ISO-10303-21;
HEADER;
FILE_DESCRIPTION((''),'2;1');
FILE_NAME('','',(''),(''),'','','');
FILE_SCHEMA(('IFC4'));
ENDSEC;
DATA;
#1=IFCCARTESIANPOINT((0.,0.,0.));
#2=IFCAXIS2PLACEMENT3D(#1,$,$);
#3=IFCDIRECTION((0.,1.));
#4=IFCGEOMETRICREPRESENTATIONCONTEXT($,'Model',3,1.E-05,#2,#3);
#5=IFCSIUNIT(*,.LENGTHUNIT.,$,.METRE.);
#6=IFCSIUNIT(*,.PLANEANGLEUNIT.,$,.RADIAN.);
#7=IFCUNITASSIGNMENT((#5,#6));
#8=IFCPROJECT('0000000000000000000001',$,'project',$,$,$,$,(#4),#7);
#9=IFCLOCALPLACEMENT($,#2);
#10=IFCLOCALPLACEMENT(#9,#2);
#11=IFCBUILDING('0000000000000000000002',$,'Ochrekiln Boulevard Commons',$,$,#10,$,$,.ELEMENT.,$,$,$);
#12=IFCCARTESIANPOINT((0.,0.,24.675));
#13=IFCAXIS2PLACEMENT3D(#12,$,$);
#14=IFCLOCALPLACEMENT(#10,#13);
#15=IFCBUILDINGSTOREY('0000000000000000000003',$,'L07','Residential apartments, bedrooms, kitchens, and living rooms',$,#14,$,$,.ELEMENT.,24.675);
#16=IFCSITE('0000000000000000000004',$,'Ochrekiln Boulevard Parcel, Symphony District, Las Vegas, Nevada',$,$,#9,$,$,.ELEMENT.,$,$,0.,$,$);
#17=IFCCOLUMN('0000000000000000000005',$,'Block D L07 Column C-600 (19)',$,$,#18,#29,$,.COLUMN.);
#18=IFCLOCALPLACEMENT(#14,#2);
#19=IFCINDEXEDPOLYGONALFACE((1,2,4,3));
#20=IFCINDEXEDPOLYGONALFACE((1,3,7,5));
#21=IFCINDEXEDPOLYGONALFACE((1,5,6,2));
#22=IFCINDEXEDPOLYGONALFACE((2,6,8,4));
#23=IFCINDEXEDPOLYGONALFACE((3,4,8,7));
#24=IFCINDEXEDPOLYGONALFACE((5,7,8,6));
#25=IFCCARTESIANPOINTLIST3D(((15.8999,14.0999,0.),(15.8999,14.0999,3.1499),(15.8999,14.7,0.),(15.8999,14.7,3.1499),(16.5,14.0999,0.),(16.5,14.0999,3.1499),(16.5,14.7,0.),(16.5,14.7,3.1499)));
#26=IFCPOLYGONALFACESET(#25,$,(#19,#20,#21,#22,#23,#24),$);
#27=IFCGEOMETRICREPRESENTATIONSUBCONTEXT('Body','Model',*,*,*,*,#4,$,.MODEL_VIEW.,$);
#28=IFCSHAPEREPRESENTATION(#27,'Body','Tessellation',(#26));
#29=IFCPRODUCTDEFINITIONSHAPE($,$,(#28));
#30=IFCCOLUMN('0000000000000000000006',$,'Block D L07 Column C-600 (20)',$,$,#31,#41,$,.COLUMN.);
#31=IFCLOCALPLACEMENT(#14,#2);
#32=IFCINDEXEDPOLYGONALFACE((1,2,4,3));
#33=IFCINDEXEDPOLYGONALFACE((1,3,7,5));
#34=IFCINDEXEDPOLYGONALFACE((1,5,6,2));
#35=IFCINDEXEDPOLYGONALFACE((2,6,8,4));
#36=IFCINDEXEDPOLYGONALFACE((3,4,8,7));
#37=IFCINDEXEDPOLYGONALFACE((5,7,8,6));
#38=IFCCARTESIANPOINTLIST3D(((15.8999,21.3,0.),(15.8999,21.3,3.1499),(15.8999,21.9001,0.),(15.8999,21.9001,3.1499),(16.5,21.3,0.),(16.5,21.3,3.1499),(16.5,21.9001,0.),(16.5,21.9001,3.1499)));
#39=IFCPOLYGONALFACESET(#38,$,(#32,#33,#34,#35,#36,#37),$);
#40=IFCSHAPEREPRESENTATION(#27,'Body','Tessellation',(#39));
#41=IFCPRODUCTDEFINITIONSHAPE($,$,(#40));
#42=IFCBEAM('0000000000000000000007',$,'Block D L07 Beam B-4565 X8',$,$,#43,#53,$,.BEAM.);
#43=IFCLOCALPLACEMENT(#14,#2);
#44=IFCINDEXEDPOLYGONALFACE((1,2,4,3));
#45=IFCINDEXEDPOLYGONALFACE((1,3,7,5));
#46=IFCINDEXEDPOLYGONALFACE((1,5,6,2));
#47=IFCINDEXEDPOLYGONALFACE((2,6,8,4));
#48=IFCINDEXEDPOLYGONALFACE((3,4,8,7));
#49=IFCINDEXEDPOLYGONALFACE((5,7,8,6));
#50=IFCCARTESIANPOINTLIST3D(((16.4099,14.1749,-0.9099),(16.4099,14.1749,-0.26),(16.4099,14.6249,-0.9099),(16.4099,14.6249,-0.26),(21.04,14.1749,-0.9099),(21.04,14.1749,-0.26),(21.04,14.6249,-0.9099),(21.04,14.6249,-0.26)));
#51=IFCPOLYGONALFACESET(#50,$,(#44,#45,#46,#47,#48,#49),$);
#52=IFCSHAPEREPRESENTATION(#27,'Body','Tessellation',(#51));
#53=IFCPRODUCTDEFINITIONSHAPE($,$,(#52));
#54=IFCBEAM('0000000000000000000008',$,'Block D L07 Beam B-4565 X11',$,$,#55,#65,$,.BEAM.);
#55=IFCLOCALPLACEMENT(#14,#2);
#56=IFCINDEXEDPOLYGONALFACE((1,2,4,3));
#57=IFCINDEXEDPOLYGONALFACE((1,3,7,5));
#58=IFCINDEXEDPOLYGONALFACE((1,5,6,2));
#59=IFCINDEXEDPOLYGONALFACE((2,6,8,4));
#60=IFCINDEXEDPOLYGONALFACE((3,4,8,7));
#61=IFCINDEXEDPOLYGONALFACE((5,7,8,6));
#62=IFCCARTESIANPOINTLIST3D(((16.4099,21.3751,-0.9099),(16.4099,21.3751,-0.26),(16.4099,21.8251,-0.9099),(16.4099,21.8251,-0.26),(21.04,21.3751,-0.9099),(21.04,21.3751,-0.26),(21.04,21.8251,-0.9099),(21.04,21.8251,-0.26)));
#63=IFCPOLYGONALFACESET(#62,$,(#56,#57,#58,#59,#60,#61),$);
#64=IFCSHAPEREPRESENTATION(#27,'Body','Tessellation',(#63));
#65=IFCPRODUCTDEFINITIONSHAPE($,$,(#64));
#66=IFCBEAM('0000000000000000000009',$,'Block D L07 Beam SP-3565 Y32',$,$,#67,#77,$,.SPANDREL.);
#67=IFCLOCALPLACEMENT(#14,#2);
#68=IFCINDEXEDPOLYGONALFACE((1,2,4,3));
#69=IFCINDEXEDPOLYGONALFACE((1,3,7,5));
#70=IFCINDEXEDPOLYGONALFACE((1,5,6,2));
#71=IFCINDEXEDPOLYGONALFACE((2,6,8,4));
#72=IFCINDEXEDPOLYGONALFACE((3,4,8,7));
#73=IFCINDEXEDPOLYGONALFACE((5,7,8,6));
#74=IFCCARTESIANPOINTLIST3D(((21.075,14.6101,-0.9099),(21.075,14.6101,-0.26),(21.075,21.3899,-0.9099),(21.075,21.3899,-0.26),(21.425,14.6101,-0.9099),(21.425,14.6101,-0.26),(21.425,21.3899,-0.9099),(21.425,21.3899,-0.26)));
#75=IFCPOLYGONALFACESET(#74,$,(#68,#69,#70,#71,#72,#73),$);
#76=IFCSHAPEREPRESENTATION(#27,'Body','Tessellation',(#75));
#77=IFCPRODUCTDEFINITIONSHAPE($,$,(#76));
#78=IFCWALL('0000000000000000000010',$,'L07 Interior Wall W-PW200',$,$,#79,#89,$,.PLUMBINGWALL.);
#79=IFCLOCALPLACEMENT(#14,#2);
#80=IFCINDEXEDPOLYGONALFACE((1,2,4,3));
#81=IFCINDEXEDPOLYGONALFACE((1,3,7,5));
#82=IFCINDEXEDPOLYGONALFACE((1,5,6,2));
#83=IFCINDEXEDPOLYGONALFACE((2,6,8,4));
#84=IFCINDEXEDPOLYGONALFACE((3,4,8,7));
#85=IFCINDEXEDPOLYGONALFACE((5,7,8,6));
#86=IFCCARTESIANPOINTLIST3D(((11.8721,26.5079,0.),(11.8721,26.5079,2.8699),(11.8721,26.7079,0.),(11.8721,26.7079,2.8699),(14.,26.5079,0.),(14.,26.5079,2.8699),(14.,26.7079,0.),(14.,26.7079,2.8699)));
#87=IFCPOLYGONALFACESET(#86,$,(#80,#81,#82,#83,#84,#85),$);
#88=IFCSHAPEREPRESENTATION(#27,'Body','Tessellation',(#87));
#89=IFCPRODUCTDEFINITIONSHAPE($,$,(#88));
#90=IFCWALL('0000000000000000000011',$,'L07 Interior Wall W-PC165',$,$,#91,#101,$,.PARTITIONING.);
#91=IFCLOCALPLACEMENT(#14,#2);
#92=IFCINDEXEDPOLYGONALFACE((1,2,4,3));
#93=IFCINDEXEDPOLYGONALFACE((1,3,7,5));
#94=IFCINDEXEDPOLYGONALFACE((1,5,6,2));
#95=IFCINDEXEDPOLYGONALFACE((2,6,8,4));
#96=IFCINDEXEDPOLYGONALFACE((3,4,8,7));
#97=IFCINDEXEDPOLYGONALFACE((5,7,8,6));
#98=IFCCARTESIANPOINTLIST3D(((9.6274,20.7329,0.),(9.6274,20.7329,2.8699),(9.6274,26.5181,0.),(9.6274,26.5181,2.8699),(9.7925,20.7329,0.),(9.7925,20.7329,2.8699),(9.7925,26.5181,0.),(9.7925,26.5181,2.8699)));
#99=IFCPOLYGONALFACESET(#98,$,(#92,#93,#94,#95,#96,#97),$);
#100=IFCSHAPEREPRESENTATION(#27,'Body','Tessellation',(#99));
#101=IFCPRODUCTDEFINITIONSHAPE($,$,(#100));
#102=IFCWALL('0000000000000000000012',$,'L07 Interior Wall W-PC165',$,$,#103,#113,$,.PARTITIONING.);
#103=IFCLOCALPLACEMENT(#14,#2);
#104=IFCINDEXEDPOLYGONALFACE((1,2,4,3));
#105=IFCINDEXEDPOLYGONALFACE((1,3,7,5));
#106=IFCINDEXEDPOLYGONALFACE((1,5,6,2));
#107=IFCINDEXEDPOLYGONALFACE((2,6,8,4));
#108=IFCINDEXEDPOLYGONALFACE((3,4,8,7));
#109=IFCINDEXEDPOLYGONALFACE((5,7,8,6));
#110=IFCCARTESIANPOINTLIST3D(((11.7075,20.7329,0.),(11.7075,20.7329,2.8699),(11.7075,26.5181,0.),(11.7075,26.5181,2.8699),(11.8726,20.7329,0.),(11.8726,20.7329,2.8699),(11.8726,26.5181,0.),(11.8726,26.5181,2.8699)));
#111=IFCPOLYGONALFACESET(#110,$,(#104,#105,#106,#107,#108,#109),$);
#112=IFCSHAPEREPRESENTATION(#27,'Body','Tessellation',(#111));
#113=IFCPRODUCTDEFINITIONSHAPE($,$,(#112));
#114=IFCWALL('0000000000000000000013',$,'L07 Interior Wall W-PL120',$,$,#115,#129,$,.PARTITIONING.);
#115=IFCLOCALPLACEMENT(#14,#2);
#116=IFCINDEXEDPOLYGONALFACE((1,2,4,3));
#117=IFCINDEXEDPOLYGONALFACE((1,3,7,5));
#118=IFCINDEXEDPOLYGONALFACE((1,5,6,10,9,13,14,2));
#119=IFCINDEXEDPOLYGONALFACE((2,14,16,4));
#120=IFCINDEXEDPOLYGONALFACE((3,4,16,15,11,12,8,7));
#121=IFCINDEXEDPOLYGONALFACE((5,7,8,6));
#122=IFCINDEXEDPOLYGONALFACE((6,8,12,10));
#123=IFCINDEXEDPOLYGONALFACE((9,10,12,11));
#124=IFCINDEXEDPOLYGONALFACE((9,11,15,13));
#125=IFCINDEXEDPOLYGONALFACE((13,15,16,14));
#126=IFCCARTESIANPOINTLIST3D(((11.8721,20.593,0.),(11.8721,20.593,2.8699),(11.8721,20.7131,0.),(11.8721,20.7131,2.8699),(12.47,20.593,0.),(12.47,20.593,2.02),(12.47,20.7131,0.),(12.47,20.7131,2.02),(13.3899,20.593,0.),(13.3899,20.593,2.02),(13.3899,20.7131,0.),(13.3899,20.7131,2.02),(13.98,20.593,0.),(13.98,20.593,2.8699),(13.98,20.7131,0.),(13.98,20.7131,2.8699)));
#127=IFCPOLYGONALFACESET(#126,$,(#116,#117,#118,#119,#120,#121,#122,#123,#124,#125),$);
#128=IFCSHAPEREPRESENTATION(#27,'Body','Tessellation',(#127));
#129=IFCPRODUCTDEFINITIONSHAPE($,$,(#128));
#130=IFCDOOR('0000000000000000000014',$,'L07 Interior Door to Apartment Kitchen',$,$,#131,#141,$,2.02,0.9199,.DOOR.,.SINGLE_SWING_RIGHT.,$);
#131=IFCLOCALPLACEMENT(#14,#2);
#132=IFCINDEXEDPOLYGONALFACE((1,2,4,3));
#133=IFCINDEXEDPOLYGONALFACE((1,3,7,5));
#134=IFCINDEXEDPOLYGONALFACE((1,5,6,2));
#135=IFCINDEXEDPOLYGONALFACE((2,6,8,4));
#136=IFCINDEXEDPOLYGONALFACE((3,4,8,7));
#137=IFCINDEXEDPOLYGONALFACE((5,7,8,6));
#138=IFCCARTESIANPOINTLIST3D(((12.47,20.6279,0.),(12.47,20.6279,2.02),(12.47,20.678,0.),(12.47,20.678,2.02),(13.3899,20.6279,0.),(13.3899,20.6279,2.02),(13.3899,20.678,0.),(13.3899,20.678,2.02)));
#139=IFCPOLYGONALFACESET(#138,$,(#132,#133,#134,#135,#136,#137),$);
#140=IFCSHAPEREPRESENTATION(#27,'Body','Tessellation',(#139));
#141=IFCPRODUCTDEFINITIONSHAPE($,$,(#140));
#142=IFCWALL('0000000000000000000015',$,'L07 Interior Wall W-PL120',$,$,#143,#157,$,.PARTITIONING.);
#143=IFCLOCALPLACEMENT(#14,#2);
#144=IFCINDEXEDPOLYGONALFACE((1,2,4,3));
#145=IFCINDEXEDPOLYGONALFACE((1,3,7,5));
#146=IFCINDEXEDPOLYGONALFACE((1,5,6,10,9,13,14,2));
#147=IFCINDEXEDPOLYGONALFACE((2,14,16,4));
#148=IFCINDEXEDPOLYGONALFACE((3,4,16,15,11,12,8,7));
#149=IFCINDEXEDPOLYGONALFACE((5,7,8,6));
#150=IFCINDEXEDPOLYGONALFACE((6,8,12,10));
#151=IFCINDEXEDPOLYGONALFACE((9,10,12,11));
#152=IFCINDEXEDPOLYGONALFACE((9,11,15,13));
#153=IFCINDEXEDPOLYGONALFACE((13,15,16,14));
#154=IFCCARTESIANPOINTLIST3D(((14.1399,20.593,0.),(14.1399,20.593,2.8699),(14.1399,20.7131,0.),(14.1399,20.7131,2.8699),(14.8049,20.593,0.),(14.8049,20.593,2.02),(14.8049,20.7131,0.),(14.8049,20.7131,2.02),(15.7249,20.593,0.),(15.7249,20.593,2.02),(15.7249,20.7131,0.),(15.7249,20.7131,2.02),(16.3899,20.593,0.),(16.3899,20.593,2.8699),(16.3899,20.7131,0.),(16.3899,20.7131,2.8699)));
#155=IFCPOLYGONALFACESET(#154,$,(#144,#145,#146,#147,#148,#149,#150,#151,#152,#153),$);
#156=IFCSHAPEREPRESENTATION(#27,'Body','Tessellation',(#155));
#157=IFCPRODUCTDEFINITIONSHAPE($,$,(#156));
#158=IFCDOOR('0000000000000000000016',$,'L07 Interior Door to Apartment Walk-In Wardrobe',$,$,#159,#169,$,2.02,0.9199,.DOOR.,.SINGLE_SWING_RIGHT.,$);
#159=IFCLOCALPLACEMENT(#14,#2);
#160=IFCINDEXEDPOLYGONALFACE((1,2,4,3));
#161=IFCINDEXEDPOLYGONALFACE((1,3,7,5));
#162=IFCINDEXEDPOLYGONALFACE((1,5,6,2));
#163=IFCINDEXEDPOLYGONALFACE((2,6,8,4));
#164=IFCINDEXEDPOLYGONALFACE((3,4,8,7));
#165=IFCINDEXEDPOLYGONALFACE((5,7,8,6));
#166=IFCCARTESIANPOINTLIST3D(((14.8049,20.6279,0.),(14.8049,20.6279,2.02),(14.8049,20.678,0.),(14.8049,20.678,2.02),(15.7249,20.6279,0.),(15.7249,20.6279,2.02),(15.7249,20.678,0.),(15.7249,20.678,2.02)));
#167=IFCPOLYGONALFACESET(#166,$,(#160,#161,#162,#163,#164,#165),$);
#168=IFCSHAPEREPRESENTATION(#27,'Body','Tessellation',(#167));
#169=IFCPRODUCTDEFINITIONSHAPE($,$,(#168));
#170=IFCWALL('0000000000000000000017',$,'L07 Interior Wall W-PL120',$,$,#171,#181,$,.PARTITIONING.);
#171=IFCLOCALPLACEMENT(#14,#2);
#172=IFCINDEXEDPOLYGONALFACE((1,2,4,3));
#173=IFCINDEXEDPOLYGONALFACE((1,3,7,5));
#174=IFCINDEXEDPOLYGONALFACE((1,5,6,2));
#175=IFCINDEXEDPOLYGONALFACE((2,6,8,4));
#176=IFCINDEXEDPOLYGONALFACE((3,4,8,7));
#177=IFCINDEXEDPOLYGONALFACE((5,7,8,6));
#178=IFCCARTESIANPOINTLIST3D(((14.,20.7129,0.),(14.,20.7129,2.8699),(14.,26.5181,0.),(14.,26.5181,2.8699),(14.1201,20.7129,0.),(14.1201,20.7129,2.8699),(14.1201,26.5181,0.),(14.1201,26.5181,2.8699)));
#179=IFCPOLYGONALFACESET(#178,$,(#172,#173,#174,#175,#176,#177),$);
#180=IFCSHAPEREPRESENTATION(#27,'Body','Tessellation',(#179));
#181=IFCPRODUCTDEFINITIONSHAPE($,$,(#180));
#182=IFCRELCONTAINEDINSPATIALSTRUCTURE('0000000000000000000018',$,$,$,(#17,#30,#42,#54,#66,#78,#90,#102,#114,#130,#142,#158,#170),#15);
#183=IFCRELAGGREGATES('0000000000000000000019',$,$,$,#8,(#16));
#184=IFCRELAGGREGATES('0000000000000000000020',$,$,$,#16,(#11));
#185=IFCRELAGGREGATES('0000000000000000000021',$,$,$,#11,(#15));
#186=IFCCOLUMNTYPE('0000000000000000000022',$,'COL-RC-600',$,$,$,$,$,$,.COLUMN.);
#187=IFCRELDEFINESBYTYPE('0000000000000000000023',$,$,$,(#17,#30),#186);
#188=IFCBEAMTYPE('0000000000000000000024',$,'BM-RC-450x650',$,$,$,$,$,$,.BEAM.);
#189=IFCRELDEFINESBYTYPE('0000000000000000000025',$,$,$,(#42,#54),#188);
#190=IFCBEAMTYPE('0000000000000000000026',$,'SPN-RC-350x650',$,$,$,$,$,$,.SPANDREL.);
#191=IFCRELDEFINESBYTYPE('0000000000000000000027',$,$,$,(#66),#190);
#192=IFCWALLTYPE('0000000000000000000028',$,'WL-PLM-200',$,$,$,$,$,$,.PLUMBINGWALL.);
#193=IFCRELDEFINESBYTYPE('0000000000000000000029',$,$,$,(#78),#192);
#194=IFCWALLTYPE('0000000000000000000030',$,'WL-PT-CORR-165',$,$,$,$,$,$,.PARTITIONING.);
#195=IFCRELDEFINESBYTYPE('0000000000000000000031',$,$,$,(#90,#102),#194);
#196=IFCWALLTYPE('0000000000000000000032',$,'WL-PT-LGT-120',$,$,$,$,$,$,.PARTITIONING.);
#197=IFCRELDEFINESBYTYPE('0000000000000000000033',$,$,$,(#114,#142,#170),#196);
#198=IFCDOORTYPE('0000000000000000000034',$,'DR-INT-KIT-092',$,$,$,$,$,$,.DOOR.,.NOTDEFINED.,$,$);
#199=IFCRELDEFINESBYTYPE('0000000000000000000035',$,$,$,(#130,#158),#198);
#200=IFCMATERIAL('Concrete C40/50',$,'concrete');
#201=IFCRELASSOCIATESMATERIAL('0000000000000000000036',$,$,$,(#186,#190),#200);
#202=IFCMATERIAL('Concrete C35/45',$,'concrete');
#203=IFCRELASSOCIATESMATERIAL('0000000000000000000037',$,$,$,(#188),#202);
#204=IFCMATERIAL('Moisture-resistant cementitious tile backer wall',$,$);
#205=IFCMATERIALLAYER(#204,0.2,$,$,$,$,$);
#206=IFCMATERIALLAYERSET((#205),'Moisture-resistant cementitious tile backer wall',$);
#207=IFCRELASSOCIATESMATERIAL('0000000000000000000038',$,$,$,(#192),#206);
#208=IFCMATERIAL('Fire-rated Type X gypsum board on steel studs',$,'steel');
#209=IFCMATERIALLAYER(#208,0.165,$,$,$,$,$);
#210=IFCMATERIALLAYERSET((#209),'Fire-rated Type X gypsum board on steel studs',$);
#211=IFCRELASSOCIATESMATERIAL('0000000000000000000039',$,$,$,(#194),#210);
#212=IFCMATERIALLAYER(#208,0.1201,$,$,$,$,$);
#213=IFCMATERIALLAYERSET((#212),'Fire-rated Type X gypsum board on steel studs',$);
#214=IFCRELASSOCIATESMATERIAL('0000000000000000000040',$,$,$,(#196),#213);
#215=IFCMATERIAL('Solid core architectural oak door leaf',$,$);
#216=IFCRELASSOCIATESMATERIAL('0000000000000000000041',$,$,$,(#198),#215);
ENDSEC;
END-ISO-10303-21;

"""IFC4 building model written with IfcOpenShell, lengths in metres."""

from ifc_helpers import new_model, si_unit, direction, frame, frame_2d, origin, origin_2d, place, context, subcontext, project, spatial, rectangle, extrude, material, layer, layer_set, material_profile, profile_set, type_object, element, fill, save


model = new_model("IFC4")

# Units and contexts
model_context = context("Model", 3, precision=1e-05, world=origin(), true_north=direction((0.0, 1.0)))
body_context = subcontext(model_context, "Body", "Model", "MODEL_VIEW")
ifc_project = project(units=[si_unit("LENGTHUNIT", "METRE"), si_unit("PLANEANGLEUNIT", "RADIAN")], contexts=[model_context])

# Site, building, storey
site_placement = place(None, origin())
site = spatial("IfcSite", under=ifc_project, at=site_placement, Name="Ochrekiln Boulevard Parcel, Symphony District, Las Vegas, Nevada", CompositionType="ELEMENT", RefElevation=0.0)
building_placement = place(site_placement, origin())
building = spatial("IfcBuilding", under=site, at=building_placement, Name="Ochrekiln Boulevard Commons", CompositionType="ELEMENT")
storey_placement = place(building_placement, frame((0.0, 0.0, 24.675)))
storey = spatial("IfcBuildingStorey", under=building, at=storey_placement, Name="L07", Description="Residential apartments, bedrooms, kitchens, and living rooms", CompositionType="ELEMENT", Elevation=24.675)

# Columns
ifc_material_1 = material(Name="Concrete C40/50", Category="concrete")
ifc_material_profile_1 = material_profile(ifc_material_1, rectangle(XDim=0.6001, YDim=0.6001, at=origin_2d()), Name="RC-COL-600x600")
ifc_profile_set_1 = profile_set([ifc_material_profile_1], Name="Concrete C40/50")
column_type = type_object("IfcColumnType", Name="COL-RC-600", PredefinedType="COLUMN", material=ifc_profile_set_1)
for number, where, z_axis, x_axis, name in (
    (1, (16.2, 14.3999, 0.0), (0.0, 0.0, 1.0), (1.0, 0.0, 0.0), "Block D L07 Column C-600 (19)"),
    (2, (16.2, 21.6001, 0.0), (0.0, 0.0, 1.0), (1.0, 0.0, 0.0), "Block D L07 Column C-600 (20)"),
):
    element("IfcColumn", number, at=place(storey_placement, frame(where, z_axis=z_axis, x_axis=x_axis)), inside=storey, type_object=column_type, Name=name, PredefinedType="COLUMN", context=body_context, shape_type="SweptSolid", body=[
        extrude(rectangle(XDim=0.6001, YDim=0.6001, at=origin_2d()), origin(), (0.0, 0.0, 1.0), 3.1499),
    ])

# Beams
ifc_material_2 = material(Name="Concrete C35/45", Category="concrete")
ifc_material_profile_2 = material_profile(ifc_material_2, rectangle(XDim=0.45, YDim=0.6499, at=origin_2d()), Name="RC-BM-450x650")
ifc_profile_set_2 = profile_set([ifc_material_profile_2], Name="Concrete C35/45")
beam_type_1 = type_object("IfcBeamType", Name="BM-RC-450x650", PredefinedType="BEAM", material=ifc_profile_set_2)
for number, where, z_axis, x_axis, name in (
    (3, (16.4099, 14.3999, -0.585), (1.0, 0.0, 0.0), (0.0, 1.0, 0.0), "Block D L07 Beam B-4565 X8"),
    (4, (16.4099, 21.6001, -0.585), (1.0, 0.0, 0.0), (0.0, 1.0, 0.0), "Block D L07 Beam B-4565 X11"),
):
    element("IfcBeam", number, at=place(storey_placement, frame(where, z_axis=z_axis, x_axis=x_axis)), inside=storey, type_object=beam_type_1, Name=name, PredefinedType="BEAM", context=body_context, shape_type="SweptSolid", body=[
        extrude(rectangle(XDim=0.45, YDim=0.6499, at=origin_2d()), origin(), (0.0, 0.0, 1.0), 4.6301),
    ])
ifc_material_profile_3 = material_profile(ifc_material_1, rectangle(XDim=0.3501, YDim=0.6499, at=origin_2d()), Name="RC-SPN-350x650")
ifc_profile_set_3 = profile_set([ifc_material_profile_3], Name="Concrete C40/50")
beam_type_2 = type_object("IfcBeamType", Name="SPN-RC-350x650", PredefinedType="SPANDREL", material=ifc_profile_set_3)
beam_placement = place(storey_placement, frame((21.25, 14.6101, -0.585), z_axis=(0.0, 1.0, 0.0), x_axis=(-1.0, 0.0, 0.0)))
element("IfcBeam", 5, at=beam_placement, inside=storey, type_object=beam_type_2, Name="Block D L07 Beam SP-3565 Y32", PredefinedType="SPANDREL", context=body_context, shape_type="SweptSolid", body=[
    extrude(rectangle(XDim=0.3501, YDim=0.6499, at=origin_2d()), origin(), (0.0, 0.0, 1.0), 6.7798),
])

# Walls
ifc_material_3 = material(Name="Moisture-resistant cementitious tile backer wall")
ifc_layer_1 = layer(ifc_material_3, 0.2)
ifc_layer_set_1 = layer_set([ifc_layer_1], Name="Moisture-resistant cementitious tile backer wall")
wall_type_1 = type_object("IfcWallType", Name="WL-PLM-200", PredefinedType="PLUMBINGWALL", material=ifc_layer_set_1)
wall_1_placement = place(storey_placement, frame((11.8721, 26.6079, 0.0), z_axis=(0.0, 0.0, 1.0), x_axis=(1.0, 0.0, 0.0)))
element("IfcWall", 6, at=wall_1_placement, inside=storey, type_object=wall_type_1, Name="L07 Interior Wall W-PW200", PredefinedType="PLUMBINGWALL", context=body_context, shape_type="SweptSolid", body=[
    extrude(rectangle(XDim=2.1279, YDim=0.2, at=frame_2d((1.064, 0.0))), origin(), (0.0, 0.0, 1.0), 2.8699),
])
ifc_material_4 = material(Name="Fire-rated Type X gypsum board on steel studs", Category="steel")
ifc_layer_2 = layer(ifc_material_4, 0.165)
ifc_layer_set_2 = layer_set([ifc_layer_2], Name="Fire-rated Type X gypsum board on steel studs")
wall_type_2 = type_object("IfcWallType", Name="WL-PT-CORR-165", PredefinedType="PARTITIONING", material=ifc_layer_set_2)
for number, where, z_axis, x_axis, name in (
    (7, (9.71, 20.7329, 0.0), (0.0, 0.0, 1.0), (0.0, 1.0, 0.0), "L07 Interior Wall W-PC165"),
    (8, (11.79, 20.7329, 0.0), (0.0, 0.0, 1.0), (0.0, 1.0, 0.0), "L07 Interior Wall W-PC165"),
):
    element("IfcWall", number, at=place(storey_placement, frame(where, z_axis=z_axis, x_axis=x_axis)), inside=storey, type_object=wall_type_2, Name=name, PredefinedType="PARTITIONING", context=body_context, shape_type="SweptSolid", body=[
        extrude(rectangle(XDim=5.7852, YDim=0.165, at=frame_2d((2.8926, 0.0))), origin(), (0.0, 0.0, 1.0), 2.8699),
    ])

# Walls, openings, doors
ifc_layer_3 = layer(ifc_material_4, 0.1201)
ifc_layer_set_3 = layer_set([ifc_layer_3], Name="Fire-rated Type X gypsum board on steel studs")
wall_type_3 = type_object("IfcWallType", Name="WL-PT-LGT-120", PredefinedType="PARTITIONING", material=ifc_layer_set_3)
wall_2_placement = place(storey_placement, frame((11.8721, 20.6531, 0.0), z_axis=(0.0, 0.0, 1.0), x_axis=(1.0, 0.0, 0.0)))
wall_2 = element("IfcWall", 9, at=wall_2_placement, inside=storey, type_object=wall_type_3, Name="L07 Interior Wall W-PL120", PredefinedType="PARTITIONING", context=body_context, shape_type="SweptSolid", body=[
    extrude(rectangle(XDim=2.1079, YDim=0.1201, at=frame_2d((1.054, 0.0))), origin(), (0.0, 0.0, 1.0), 2.8699),
])
opening_1_placement = place(wall_2_placement, frame((0.5979, 0.0, 0.0)))
opening_1 = element("IfcOpeningElement", 10, at=opening_1_placement, cuts=wall_2, PredefinedType="OPENING", context=body_context, shape_type="SweptSolid", body=[
    extrude(rectangle(XDim=0.9199, YDim=2.02, at=frame_2d((0.46, 1.01))), frame((0.0, 0.0701, 0.0), z_axis=(0.0, -1.0, 0.0), x_axis=(1.0, 0.0, 0.0)), (0.0, 0.0, 1.0), 0.1401),
])
ifc_material_5 = material(Name="Solid core architectural oak door leaf")
door_type_1 = type_object("IfcDoorType", Name="DR-INT-KIT-092", OperationType="NOTDEFINED", PredefinedType="DOOR", material=ifc_material_5)
door_1_placement = place(opening_1_placement, origin())
door_1 = element("IfcDoor", 11, at=door_1_placement, inside=storey, type_object=door_type_1, Name="L07 Interior Door to Apartment Kitchen", OperationType="SINGLE_SWING_RIGHT", OverallHeight=2.02, OverallWidth=0.9199, PredefinedType="DOOR", context=body_context, shape_type="SweptSolid", body=[
    extrude(rectangle(XDim=0.9199, YDim=2.02, at=frame_2d((0.46, 1.01))), frame((0.0, 0.0249, 0.0), z_axis=(0.0, -1.0, 0.0), x_axis=(1.0, 0.0, 0.0)), (0.0, 0.0, 1.0), 0.05),
])
fill(opening_1, door_1)
wall_3_placement = place(storey_placement, frame((14.1399, 20.6531, 0.0), z_axis=(0.0, 0.0, 1.0), x_axis=(1.0, 0.0, 0.0)))
wall_3 = element("IfcWall", 12, at=wall_3_placement, inside=storey, type_object=wall_type_3, Name="L07 Interior Wall W-PL120", PredefinedType="PARTITIONING", context=body_context, shape_type="SweptSolid", body=[
    extrude(rectangle(XDim=2.25, YDim=0.1201, at=frame_2d((1.125, 0.0))), origin(), (0.0, 0.0, 1.0), 2.8699),
])
opening_2_placement = place(wall_3_placement, frame((0.665, 0.0, 0.0)))
opening_2 = element("IfcOpeningElement", 13, at=opening_2_placement, cuts=wall_3, PredefinedType="OPENING", context=body_context, shape_type="SweptSolid", body=[
    extrude(rectangle(XDim=0.9199, YDim=2.02, at=frame_2d((0.46, 1.01))), frame((0.0, 0.0701, 0.0), z_axis=(0.0, -1.0, 0.0), x_axis=(1.0, 0.0, 0.0)), (0.0, 0.0, 1.0), 0.1401),
])
door_2_placement = place(opening_2_placement, origin())
door_2 = element("IfcDoor", 14, at=door_2_placement, inside=storey, type_object=door_type_1, Name="L07 Interior Door to Apartment Walk-In Wardrobe", OperationType="SINGLE_SWING_RIGHT", OverallHeight=2.02, OverallWidth=0.9199, PredefinedType="DOOR", context=body_context, shape_type="SweptSolid", body=[
    extrude(rectangle(XDim=0.9199, YDim=2.02, at=frame_2d((0.46, 1.01))), frame((0.0, 0.0249, 0.0), z_axis=(0.0, -1.0, 0.0), x_axis=(1.0, 0.0, 0.0)), (0.0, 0.0, 1.0), 0.05),
])
fill(opening_2, door_2)

# Wall
wall_4_placement = place(storey_placement, frame((14.0601, 20.7129, 0.0), z_axis=(0.0, 0.0, 1.0), x_axis=(0.0, 1.0, 0.0)))
element("IfcWall", 15, at=wall_4_placement, inside=storey, type_object=wall_type_3, Name="L07 Interior Wall W-PL120", PredefinedType="PARTITIONING", context=body_context, shape_type="SweptSolid", body=[
    extrude(rectangle(XDim=5.8052, YDim=0.1201, at=frame_2d((2.9026, 0.0))), origin(), (0.0, 0.0, 1.0), 2.8699),
])

save(model, "model.ifc")
